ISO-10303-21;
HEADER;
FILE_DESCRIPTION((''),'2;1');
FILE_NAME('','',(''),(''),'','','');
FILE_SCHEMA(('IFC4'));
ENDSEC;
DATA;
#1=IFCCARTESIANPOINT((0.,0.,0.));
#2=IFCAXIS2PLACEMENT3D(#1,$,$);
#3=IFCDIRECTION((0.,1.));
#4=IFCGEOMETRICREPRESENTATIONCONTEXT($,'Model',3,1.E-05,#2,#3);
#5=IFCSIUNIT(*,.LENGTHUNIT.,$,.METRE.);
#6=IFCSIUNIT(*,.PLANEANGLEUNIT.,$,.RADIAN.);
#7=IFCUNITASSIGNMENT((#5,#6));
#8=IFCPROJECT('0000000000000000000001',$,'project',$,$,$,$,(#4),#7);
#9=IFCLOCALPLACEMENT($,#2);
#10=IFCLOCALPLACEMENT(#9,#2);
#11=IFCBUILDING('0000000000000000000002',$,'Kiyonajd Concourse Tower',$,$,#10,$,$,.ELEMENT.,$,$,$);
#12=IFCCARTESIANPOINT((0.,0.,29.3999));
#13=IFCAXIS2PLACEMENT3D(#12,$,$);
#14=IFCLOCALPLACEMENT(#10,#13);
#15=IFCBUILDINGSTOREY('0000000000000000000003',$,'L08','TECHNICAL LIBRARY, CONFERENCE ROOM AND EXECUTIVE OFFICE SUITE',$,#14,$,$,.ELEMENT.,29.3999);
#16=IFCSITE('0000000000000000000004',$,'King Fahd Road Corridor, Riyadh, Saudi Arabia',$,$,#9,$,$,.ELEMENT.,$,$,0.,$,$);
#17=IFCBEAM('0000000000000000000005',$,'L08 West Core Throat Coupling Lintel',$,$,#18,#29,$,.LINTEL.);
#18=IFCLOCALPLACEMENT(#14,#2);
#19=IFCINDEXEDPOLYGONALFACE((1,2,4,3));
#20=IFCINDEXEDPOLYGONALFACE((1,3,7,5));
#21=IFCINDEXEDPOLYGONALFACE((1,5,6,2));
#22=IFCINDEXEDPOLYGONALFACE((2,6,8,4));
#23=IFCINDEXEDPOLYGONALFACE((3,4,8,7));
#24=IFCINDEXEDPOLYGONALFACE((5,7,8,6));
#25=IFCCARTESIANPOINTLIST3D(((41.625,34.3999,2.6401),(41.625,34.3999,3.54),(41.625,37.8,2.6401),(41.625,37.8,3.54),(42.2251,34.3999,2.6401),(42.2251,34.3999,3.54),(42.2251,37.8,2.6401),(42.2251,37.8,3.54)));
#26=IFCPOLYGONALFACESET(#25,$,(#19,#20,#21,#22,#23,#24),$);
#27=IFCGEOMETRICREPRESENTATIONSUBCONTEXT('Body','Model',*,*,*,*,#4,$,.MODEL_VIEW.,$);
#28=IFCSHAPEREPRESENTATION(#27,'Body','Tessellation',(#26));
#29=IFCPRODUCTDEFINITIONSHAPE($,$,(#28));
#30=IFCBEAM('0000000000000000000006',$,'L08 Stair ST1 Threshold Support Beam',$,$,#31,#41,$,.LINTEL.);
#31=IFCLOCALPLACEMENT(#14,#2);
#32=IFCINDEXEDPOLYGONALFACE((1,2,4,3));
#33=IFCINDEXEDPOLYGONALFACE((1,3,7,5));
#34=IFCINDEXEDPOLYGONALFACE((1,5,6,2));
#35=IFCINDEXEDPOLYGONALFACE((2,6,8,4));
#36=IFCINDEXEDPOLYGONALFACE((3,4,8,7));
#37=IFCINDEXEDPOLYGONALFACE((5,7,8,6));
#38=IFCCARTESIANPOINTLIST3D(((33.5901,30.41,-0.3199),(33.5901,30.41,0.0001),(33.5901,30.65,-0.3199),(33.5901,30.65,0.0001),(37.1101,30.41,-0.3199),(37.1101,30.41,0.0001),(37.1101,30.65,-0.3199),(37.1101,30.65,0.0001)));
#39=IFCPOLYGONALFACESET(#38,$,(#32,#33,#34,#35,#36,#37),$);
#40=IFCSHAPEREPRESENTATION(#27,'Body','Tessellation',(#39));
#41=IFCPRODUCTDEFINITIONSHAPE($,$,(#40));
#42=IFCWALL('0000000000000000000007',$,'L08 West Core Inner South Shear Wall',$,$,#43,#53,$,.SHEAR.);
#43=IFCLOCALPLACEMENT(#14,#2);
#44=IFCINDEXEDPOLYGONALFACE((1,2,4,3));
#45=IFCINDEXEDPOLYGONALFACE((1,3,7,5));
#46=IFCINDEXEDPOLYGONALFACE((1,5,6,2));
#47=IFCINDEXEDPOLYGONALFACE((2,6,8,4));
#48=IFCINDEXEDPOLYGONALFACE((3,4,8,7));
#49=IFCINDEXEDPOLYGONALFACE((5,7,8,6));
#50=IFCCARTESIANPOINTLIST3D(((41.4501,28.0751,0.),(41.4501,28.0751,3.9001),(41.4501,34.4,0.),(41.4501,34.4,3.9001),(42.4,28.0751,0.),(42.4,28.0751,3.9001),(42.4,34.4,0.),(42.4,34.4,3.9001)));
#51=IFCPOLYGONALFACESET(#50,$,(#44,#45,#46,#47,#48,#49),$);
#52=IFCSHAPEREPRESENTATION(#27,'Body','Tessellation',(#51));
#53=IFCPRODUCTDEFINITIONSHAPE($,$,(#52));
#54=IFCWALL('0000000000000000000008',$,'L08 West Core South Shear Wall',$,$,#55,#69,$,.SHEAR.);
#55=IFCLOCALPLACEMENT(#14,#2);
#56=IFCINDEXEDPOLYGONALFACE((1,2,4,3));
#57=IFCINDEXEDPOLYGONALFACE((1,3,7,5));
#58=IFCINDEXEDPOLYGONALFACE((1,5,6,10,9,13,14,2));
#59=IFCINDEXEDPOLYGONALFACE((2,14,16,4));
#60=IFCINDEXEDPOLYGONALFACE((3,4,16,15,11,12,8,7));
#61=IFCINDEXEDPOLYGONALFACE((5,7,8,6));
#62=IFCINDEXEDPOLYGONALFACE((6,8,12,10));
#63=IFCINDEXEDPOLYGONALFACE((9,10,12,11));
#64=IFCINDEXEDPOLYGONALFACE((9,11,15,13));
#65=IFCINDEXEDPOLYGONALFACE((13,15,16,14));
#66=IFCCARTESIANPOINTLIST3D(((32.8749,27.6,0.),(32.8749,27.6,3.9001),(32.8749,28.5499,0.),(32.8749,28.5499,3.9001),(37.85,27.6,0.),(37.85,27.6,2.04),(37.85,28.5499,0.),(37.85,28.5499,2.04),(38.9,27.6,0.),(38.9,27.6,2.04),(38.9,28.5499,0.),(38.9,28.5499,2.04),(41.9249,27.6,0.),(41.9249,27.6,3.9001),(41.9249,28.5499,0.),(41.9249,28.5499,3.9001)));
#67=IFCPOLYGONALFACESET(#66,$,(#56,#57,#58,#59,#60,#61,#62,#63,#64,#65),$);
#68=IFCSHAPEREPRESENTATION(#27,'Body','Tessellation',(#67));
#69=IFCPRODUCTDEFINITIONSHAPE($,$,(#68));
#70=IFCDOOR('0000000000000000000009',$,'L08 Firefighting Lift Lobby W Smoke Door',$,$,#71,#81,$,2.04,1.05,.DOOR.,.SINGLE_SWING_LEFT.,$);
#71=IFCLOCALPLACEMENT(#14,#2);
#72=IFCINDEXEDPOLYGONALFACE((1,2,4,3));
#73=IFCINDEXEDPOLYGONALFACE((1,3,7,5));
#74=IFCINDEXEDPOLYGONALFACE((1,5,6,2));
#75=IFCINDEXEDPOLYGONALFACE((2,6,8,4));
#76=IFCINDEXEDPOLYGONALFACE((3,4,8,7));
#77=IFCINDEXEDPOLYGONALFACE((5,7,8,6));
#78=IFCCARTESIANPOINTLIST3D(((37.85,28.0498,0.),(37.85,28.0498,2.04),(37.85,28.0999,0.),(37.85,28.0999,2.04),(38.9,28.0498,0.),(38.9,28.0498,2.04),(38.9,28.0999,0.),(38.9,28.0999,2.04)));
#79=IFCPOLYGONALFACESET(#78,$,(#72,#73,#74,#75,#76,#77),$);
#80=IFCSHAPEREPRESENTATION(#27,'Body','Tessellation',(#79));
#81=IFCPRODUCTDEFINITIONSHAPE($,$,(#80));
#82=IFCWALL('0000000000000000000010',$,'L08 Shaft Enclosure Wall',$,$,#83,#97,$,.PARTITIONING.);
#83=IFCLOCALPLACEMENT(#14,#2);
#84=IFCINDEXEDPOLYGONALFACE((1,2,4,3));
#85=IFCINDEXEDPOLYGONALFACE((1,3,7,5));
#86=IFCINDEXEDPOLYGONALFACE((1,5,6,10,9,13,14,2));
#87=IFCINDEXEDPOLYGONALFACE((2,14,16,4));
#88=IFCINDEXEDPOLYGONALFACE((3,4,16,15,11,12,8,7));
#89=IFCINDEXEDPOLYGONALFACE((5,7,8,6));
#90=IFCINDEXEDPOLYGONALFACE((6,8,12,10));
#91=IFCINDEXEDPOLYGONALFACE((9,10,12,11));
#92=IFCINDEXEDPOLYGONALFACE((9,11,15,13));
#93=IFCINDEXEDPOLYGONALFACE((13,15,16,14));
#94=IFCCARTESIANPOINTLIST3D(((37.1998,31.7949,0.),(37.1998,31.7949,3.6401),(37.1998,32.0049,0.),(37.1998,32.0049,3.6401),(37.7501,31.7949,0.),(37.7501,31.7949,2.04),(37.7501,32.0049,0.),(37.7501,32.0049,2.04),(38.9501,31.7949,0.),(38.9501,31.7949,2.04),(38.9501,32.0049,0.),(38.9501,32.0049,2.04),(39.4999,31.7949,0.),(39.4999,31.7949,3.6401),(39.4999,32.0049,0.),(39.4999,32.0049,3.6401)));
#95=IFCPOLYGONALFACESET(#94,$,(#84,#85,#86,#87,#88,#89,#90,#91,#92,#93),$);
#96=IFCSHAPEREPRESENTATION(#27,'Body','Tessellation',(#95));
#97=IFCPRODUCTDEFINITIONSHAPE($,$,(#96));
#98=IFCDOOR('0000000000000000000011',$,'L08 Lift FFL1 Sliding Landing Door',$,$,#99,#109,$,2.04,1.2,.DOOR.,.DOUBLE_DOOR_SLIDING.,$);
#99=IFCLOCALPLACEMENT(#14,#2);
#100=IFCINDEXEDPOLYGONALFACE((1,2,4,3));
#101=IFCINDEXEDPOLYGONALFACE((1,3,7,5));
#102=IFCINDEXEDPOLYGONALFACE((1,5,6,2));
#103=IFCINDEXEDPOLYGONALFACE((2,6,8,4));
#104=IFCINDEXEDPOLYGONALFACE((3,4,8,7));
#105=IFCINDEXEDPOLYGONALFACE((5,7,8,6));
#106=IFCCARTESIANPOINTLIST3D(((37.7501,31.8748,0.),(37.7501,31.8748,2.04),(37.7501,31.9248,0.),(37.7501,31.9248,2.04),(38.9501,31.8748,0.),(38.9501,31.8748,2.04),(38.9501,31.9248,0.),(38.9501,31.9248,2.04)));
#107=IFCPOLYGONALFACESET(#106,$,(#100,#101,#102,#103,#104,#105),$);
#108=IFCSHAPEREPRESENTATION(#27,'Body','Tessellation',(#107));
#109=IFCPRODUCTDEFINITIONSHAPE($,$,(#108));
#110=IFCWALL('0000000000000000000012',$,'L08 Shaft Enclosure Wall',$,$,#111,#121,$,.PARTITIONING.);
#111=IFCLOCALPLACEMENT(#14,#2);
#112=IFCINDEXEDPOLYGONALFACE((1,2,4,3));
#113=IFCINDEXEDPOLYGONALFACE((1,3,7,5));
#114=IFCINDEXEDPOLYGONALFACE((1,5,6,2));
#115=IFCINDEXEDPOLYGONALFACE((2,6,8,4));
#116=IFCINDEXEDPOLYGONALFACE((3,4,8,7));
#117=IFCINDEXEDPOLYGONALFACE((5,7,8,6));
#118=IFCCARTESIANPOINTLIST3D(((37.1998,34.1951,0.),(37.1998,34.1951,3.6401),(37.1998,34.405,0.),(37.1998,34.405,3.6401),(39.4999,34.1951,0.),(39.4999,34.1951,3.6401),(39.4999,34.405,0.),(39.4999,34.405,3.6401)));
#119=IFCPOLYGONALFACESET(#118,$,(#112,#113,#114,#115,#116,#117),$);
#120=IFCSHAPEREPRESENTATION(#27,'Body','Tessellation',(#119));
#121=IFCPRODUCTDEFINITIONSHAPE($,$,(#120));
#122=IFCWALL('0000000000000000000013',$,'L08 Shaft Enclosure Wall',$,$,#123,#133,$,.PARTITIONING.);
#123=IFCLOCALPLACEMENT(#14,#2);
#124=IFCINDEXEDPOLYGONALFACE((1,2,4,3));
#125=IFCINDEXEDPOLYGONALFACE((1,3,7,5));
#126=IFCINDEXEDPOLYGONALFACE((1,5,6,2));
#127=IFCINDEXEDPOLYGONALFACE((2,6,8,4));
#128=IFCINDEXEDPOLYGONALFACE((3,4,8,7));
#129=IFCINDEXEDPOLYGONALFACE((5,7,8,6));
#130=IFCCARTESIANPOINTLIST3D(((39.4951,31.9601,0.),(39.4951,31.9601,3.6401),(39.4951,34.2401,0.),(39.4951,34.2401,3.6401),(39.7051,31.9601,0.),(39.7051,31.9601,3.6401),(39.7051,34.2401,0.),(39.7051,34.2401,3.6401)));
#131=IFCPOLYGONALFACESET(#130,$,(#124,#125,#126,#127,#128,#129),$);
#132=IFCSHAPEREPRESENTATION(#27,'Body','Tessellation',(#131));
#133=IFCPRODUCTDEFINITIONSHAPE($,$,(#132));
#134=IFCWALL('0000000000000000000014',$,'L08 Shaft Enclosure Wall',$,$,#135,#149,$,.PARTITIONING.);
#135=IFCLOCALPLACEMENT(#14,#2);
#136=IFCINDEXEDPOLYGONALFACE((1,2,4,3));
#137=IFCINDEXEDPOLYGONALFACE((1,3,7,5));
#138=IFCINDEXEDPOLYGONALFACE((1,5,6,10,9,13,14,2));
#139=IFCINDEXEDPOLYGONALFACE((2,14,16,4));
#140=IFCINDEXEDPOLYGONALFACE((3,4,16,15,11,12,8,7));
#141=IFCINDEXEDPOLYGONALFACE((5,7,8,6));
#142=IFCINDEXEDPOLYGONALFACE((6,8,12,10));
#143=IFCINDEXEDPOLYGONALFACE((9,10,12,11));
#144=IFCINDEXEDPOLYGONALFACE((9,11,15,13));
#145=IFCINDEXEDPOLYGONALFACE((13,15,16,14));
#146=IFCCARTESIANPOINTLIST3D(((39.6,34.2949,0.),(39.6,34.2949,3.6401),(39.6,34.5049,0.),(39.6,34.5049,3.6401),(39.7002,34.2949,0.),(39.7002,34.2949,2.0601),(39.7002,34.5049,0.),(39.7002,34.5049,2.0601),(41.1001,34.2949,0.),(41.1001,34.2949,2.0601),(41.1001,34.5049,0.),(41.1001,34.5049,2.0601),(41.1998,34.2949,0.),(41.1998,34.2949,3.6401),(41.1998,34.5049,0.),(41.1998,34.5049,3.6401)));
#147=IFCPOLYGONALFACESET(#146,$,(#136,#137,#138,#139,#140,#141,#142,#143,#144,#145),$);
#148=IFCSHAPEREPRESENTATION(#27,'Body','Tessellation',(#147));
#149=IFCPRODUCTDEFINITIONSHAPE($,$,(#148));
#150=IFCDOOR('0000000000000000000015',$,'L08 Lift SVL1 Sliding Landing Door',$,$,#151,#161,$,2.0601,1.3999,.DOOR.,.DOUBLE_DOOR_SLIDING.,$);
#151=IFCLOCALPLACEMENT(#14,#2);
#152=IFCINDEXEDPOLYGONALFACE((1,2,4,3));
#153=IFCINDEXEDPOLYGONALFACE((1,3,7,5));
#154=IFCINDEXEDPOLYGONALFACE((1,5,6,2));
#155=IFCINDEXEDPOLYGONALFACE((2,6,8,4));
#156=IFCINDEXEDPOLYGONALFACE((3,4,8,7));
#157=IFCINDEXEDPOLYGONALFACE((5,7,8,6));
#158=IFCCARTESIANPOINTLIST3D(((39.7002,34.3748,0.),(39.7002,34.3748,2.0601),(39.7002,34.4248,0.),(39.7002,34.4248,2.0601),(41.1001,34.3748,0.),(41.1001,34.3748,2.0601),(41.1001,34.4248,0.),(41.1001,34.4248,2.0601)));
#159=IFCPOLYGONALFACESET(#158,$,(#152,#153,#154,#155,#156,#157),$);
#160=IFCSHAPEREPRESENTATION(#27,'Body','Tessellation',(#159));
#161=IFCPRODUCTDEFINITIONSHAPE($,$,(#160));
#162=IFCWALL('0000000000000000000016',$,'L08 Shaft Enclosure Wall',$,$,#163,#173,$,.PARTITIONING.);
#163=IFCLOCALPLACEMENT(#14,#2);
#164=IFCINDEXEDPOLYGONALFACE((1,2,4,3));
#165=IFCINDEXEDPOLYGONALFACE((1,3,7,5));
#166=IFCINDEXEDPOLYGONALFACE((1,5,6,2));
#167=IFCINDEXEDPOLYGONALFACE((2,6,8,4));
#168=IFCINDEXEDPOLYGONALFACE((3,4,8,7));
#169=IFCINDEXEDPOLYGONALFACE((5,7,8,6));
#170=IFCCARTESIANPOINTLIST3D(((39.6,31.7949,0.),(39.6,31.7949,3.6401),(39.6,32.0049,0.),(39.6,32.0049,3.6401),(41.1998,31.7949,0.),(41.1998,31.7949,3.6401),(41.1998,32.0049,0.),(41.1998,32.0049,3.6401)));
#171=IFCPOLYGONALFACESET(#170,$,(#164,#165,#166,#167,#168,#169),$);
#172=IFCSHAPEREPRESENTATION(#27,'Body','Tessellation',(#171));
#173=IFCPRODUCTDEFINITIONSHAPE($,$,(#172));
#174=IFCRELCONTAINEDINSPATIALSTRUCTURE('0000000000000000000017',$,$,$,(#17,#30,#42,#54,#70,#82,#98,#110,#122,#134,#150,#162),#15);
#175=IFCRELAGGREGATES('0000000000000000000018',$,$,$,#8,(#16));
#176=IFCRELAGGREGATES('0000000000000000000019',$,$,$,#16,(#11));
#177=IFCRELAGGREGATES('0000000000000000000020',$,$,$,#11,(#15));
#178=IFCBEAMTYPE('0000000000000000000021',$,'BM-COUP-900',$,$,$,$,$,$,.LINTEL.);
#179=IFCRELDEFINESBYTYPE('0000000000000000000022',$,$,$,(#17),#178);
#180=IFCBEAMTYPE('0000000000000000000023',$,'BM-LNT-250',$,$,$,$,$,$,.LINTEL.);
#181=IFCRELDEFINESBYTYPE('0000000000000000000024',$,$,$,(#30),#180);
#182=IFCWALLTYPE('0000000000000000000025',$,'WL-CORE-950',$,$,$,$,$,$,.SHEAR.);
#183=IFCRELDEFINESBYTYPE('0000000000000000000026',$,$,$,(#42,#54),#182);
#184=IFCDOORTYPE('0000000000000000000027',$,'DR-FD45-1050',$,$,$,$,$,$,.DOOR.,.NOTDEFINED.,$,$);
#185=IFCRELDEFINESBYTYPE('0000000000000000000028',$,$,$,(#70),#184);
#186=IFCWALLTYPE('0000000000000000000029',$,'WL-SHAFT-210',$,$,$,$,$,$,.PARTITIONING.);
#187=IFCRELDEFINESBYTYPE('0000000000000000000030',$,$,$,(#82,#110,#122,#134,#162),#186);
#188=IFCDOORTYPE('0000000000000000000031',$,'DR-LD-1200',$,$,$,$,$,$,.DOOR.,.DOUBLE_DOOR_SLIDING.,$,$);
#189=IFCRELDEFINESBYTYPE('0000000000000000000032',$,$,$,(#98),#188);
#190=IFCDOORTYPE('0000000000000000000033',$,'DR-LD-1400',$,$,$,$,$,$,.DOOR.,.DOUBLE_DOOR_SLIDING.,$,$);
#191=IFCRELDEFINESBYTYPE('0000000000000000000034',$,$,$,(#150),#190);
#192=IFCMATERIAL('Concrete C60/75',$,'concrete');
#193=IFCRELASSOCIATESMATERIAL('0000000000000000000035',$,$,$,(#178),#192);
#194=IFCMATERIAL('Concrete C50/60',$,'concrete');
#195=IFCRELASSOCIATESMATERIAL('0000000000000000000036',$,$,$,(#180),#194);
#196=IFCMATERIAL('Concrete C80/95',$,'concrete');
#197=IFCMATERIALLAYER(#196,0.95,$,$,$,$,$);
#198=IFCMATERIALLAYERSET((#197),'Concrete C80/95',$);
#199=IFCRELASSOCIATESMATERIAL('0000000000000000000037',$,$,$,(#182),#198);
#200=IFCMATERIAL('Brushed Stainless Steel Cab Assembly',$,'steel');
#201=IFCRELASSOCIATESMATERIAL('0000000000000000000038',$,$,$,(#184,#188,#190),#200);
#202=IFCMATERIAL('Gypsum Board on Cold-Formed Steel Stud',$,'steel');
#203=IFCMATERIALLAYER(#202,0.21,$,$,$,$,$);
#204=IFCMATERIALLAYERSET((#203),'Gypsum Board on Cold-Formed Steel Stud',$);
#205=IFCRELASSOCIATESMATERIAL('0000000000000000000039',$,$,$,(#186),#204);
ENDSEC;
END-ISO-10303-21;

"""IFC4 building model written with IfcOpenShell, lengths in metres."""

from ifc_helpers import new_model, si_unit, direction, frame, frame_2d, origin, origin_2d, place, context, subcontext, project, spatial, rectangle, extrude, material, layer, layer_set, material_profile, profile_set, type_object, element, fill, save


model = new_model("IFC4")

# Units and contexts
model_context = context("Model", 3, precision=1e-05, world=origin(), true_north=direction((0.0, 1.0)))
body_context = subcontext(model_context, "Body", "Model", "MODEL_VIEW")
ifc_project = project(units=[si_unit("LENGTHUNIT", "METRE"), si_unit("PLANEANGLEUNIT", "RADIAN")], contexts=[model_context])

# Site, building, storey
site_placement = place(None, origin())
site = spatial("IfcSite", under=ifc_project, at=site_placement, Name="King Fahd Road Corridor, Riyadh, Saudi Arabia", CompositionType="ELEMENT", RefElevation=0.0)
building_placement = place(site_placement, origin())
building = spatial("IfcBuilding", under=site, at=building_placement, Name="Kiyonajd Concourse Tower", CompositionType="ELEMENT")
storey_placement = place(building_placement, frame((0.0, 0.0, 29.3999)))
storey = spatial("IfcBuildingStorey", under=building, at=storey_placement, Name="L08", Description="TECHNICAL LIBRARY, CONFERENCE ROOM AND EXECUTIVE OFFICE SUITE", CompositionType="ELEMENT", Elevation=29.3999)

# Beams
ifc_material_1 = material(Name="Concrete C60/75", Category="concrete")
ifc_material_profile_1 = material_profile(ifc_material_1, rectangle(XDim=0.6001, YDim=0.8999, at=origin_2d()), Name="RCBM-600x900")
ifc_profile_set_1 = profile_set([ifc_material_profile_1], Name="Concrete C60/75")
beam_type_1 = type_object("IfcBeamType", Name="BM-COUP-900", PredefinedType="LINTEL", material=ifc_profile_set_1)
beam_1_placement = place(storey_placement, frame((41.925, 34.3999, 3.0901), z_axis=(0.0, 1.0, 0.0), x_axis=(-1.0, 0.0, 0.0)))
element("IfcBeam", 1, at=beam_1_placement, inside=storey, type_object=beam_type_1, Name="L08 West Core Throat Coupling Lintel", PredefinedType="LINTEL", context=body_context, shape_type="SweptSolid", body=[
    extrude(rectangle(XDim=0.6001, YDim=0.8999, at=origin_2d()), origin(), (0.0, 0.0, 1.0), 3.4001),
])
ifc_material_2 = material(Name="Concrete C50/60", Category="concrete")
ifc_material_profile_2 = material_profile(ifc_material_2, rectangle(XDim=0.24, YDim=0.3201, at=origin_2d()), Name="RCBM-240x320")
ifc_profile_set_2 = profile_set([ifc_material_profile_2], Name="Concrete C50/60")
beam_type_2 = type_object("IfcBeamType", Name="BM-LNT-250", PredefinedType="LINTEL", material=ifc_profile_set_2)
beam_2_placement = place(storey_placement, frame((33.5901, 30.53, -0.1599), z_axis=(1.0, 0.0, 0.0), x_axis=(0.0, 1.0, 0.0)))
element("IfcBeam", 2, at=beam_2_placement, inside=storey, type_object=beam_type_2, Name="L08 Stair ST1 Threshold Support Beam", PredefinedType="LINTEL", context=body_context, shape_type="SweptSolid", body=[
    extrude(rectangle(XDim=0.24, YDim=0.3201, at=origin_2d()), origin(), (0.0, 0.0, 1.0), 3.52),
])

# Wall
ifc_material_3 = material(Name="Concrete C80/95", Category="concrete")
ifc_layer_1 = layer(ifc_material_3, 0.95)
ifc_layer_set_1 = layer_set([ifc_layer_1], Name="Concrete C80/95")
wall_type_1 = type_object("IfcWallType", Name="WL-CORE-950", PredefinedType="SHEAR", material=ifc_layer_set_1)
wall_1_placement = place(storey_placement, frame((41.925, 28.075, 0.0), z_axis=(0.0, 0.0, 1.0), x_axis=(0.0, 1.0, 0.0)))
element("IfcWall", 3, at=wall_1_placement, inside=storey, type_object=wall_type_1, Name="L08 West Core Inner South Shear Wall", PredefinedType="SHEAR", context=body_context, shape_type="SweptSolid", body=[
    extrude(rectangle(XDim=6.325, YDim=0.95, at=frame_2d((3.1626, 0.0))), origin(), (0.0, 0.0, 1.0), 3.9001),
])

# Walls, openings, doors
wall_2_placement = place(storey_placement, frame((32.875, 28.075, 0.0), z_axis=(0.0, 0.0, 1.0), x_axis=(1.0, 0.0, 0.0)))
wall_2 = element("IfcWall", 4, at=wall_2_placement, inside=storey, type_object=wall_type_1, Name="L08 West Core South Shear Wall", PredefinedType="SHEAR", context=body_context, shape_type="SweptSolid", body=[
    extrude(rectangle(XDim=9.05, YDim=0.95, at=frame_2d((4.5249, 0.0))), origin(), (0.0, 0.0, 1.0), 3.9001),
])
opening_1_placement = place(wall_2_placement, frame((4.9751, 0.0, 0.0)))
opening_1 = element("IfcOpeningElement", 5, at=opening_1_placement, cuts=wall_2, PredefinedType="OPENING", context=body_context, shape_type="SweptSolid", body=[
    extrude(rectangle(XDim=1.05, YDim=2.04, at=frame_2d((0.5249, 1.02))), frame((0.0, 0.4849, 0.0), z_axis=(0.0, -1.0, 0.0), x_axis=(1.0, 0.0, 0.0)), (0.0, 0.0, 1.0), 0.97),
])
ifc_material_4 = material(Name="Brushed Stainless Steel Cab Assembly", Category="steel")
door_type_1 = type_object("IfcDoorType", Name="DR-FD45-1050", OperationType="NOTDEFINED", PredefinedType="DOOR", material=ifc_material_4)
door_1_placement = place(opening_1_placement, origin())
door_1 = element("IfcDoor", 6, at=door_1_placement, inside=storey, type_object=door_type_1, Name="L08 Firefighting Lift Lobby W Smoke Door", OperationType="SINGLE_SWING_LEFT", OverallHeight=2.04, OverallWidth=1.05, PredefinedType="DOOR", context=body_context, shape_type="SweptSolid", body=[
    extrude(rectangle(XDim=1.05, YDim=2.04, at=frame_2d((0.5249, 1.02))), frame((0.0, 0.0249, 0.0), z_axis=(0.0, -1.0, 0.0), x_axis=(1.0, 0.0, 0.0)), (0.0, 0.0, 1.0), 0.05),
])
fill(opening_1, door_1)
ifc_material_5 = material(Name="Gypsum Board on Cold-Formed Steel Stud", Category="steel")
ifc_layer_2 = layer(ifc_material_5, 0.21)
ifc_layer_set_2 = layer_set([ifc_layer_2], Name="Gypsum Board on Cold-Formed Steel Stud")
wall_type_2 = type_object("IfcWallType", Name="WL-SHAFT-210", PredefinedType="PARTITIONING", material=ifc_layer_set_2)
wall_3_placement = place(storey_placement, frame((37.2, 31.8999, 0.0), z_axis=(0.0, 0.0, 1.0), x_axis=(1.0, 0.0, 0.0)))
wall_3 = element("IfcWall", 7, at=wall_3_placement, inside=storey, type_object=wall_type_2, Name="L08 Shaft Enclosure Wall", PredefinedType="PARTITIONING", context=body_context, shape_type="SweptSolid", body=[
    extrude(rectangle(XDim=2.3, YDim=0.21, at=frame_2d((1.1499, 0.0))), origin(), (0.0, 0.0, 1.0), 3.6401),
])
opening_2_placement = place(wall_3_placement, frame((0.55, 0.0, 0.0)))
opening_2 = element("IfcOpeningElement", 8, at=opening_2_placement, cuts=wall_3, PredefinedType="OPENING", context=body_context, shape_type="SweptSolid", body=[
    extrude(rectangle(XDim=1.2, YDim=2.04, at=frame_2d((0.6001, 1.02))), frame((0.0, 0.115, 0.0), z_axis=(0.0, -1.0, 0.0), x_axis=(1.0, 0.0, 0.0)), (0.0, 0.0, 1.0), 0.23),
])
door_type_2 = type_object("IfcDoorType", Name="DR-LD-1200", OperationType="DOUBLE_DOOR_SLIDING", PredefinedType="DOOR", material=ifc_material_4)
door_2_placement = place(opening_2_placement, origin())
door_2 = element("IfcDoor", 9, at=door_2_placement, inside=storey, type_object=door_type_2, Name="L08 Lift FFL1 Sliding Landing Door", OperationType="DOUBLE_DOOR_SLIDING", OverallHeight=2.04, OverallWidth=1.2, PredefinedType="DOOR", context=body_context, shape_type="SweptSolid", body=[
    extrude(rectangle(XDim=1.2, YDim=2.04, at=frame_2d((0.6001, 1.02))), frame((0.0, 0.0249, 0.0), z_axis=(0.0, -1.0, 0.0), x_axis=(1.0, 0.0, 0.0)), (0.0, 0.0, 1.0), 0.05),
])
fill(opening_2, door_2)

# Walls
wall_4_placement = place(storey_placement, frame((37.2, 34.3, 0.0), z_axis=(0.0, 0.0, 1.0), x_axis=(1.0, 0.0, 0.0)))
element("IfcWall", 10, at=wall_4_placement, inside=storey, type_object=wall_type_2, Name="L08 Shaft Enclosure Wall", PredefinedType="PARTITIONING", context=body_context, shape_type="SweptSolid", body=[
    extrude(rectangle(XDim=2.3, YDim=0.21, at=frame_2d((1.1499, 0.0))), origin(), (0.0, 0.0, 1.0), 3.6401),
])
wall_5_placement = place(storey_placement, frame((39.6001, 31.96, 0.0), z_axis=(0.0, 0.0, 1.0), x_axis=(0.0, 1.0, 0.0)))
element("IfcWall", 11, at=wall_5_placement, inside=storey, type_object=wall_type_2, Name="L08 Shaft Enclosure Wall", PredefinedType="PARTITIONING", context=body_context, shape_type="SweptSolid", body=[
    extrude(rectangle(XDim=2.28, YDim=0.21, at=frame_2d((1.1401, 0.0))), origin(), (0.0, 0.0, 1.0), 3.6401),
])

# Wall, opening, door
wall_6_placement = place(storey_placement, frame((39.6001, 34.3999, 0.0), z_axis=(0.0, 0.0, 1.0), x_axis=(1.0, 0.0, 0.0)))
wall_6 = element("IfcWall", 12, at=wall_6_placement, inside=storey, type_object=wall_type_2, Name="L08 Shaft Enclosure Wall", PredefinedType="PARTITIONING", context=body_context, shape_type="SweptSolid", body=[
    extrude(rectangle(XDim=1.5999, YDim=0.21, at=frame_2d((0.7998, 0.0))), origin(), (0.0, 0.0, 1.0), 3.6401),
])
opening_3_placement = place(wall_6_placement, frame((0.1001, 0.0, 0.0)))
opening_3 = element("IfcOpeningElement", 13, at=opening_3_placement, cuts=wall_6, PredefinedType="OPENING", context=body_context, shape_type="SweptSolid", body=[
    extrude(rectangle(XDim=1.3999, YDim=2.0601, at=frame_2d((0.7, 1.03))), frame((0.0, 0.115, 0.0), z_axis=(0.0, -1.0, 0.0), x_axis=(1.0, 0.0, 0.0)), (0.0, 0.0, 1.0), 0.23),
])
door_type_3 = type_object("IfcDoorType", Name="DR-LD-1400", OperationType="DOUBLE_DOOR_SLIDING", PredefinedType="DOOR", material=ifc_material_4)
door_3_placement = place(opening_3_placement, origin())
door_3 = element("IfcDoor", 14, at=door_3_placement, inside=storey, type_object=door_type_3, Name="L08 Lift SVL1 Sliding Landing Door", OperationType="DOUBLE_DOOR_SLIDING", OverallHeight=2.0601, OverallWidth=1.3999, PredefinedType="DOOR", context=body_context, shape_type="SweptSolid", body=[
    extrude(rectangle(XDim=1.3999, YDim=2.0601, at=frame_2d((0.7, 1.03))), frame((0.0, 0.0249, 0.0), z_axis=(0.0, -1.0, 0.0), x_axis=(1.0, 0.0, 0.0)), (0.0, 0.0, 1.0), 0.05),
])
fill(opening_3, door_3)

# Wall
wall_7_placement = place(storey_placement, frame((39.6001, 31.8999, 0.0), z_axis=(0.0, 0.0, 1.0), x_axis=(1.0, 0.0, 0.0)))
element("IfcWall", 15, at=wall_7_placement, inside=storey, type_object=wall_type_2, Name="L08 Shaft Enclosure Wall", PredefinedType="PARTITIONING", context=body_context, shape_type="SweptSolid", body=[
    extrude(rectangle(XDim=1.5999, YDim=0.21, at=frame_2d((0.7998, 0.0))), origin(), (0.0, 0.0, 1.0), 3.6401),
])

save(model, "model.ifc")
